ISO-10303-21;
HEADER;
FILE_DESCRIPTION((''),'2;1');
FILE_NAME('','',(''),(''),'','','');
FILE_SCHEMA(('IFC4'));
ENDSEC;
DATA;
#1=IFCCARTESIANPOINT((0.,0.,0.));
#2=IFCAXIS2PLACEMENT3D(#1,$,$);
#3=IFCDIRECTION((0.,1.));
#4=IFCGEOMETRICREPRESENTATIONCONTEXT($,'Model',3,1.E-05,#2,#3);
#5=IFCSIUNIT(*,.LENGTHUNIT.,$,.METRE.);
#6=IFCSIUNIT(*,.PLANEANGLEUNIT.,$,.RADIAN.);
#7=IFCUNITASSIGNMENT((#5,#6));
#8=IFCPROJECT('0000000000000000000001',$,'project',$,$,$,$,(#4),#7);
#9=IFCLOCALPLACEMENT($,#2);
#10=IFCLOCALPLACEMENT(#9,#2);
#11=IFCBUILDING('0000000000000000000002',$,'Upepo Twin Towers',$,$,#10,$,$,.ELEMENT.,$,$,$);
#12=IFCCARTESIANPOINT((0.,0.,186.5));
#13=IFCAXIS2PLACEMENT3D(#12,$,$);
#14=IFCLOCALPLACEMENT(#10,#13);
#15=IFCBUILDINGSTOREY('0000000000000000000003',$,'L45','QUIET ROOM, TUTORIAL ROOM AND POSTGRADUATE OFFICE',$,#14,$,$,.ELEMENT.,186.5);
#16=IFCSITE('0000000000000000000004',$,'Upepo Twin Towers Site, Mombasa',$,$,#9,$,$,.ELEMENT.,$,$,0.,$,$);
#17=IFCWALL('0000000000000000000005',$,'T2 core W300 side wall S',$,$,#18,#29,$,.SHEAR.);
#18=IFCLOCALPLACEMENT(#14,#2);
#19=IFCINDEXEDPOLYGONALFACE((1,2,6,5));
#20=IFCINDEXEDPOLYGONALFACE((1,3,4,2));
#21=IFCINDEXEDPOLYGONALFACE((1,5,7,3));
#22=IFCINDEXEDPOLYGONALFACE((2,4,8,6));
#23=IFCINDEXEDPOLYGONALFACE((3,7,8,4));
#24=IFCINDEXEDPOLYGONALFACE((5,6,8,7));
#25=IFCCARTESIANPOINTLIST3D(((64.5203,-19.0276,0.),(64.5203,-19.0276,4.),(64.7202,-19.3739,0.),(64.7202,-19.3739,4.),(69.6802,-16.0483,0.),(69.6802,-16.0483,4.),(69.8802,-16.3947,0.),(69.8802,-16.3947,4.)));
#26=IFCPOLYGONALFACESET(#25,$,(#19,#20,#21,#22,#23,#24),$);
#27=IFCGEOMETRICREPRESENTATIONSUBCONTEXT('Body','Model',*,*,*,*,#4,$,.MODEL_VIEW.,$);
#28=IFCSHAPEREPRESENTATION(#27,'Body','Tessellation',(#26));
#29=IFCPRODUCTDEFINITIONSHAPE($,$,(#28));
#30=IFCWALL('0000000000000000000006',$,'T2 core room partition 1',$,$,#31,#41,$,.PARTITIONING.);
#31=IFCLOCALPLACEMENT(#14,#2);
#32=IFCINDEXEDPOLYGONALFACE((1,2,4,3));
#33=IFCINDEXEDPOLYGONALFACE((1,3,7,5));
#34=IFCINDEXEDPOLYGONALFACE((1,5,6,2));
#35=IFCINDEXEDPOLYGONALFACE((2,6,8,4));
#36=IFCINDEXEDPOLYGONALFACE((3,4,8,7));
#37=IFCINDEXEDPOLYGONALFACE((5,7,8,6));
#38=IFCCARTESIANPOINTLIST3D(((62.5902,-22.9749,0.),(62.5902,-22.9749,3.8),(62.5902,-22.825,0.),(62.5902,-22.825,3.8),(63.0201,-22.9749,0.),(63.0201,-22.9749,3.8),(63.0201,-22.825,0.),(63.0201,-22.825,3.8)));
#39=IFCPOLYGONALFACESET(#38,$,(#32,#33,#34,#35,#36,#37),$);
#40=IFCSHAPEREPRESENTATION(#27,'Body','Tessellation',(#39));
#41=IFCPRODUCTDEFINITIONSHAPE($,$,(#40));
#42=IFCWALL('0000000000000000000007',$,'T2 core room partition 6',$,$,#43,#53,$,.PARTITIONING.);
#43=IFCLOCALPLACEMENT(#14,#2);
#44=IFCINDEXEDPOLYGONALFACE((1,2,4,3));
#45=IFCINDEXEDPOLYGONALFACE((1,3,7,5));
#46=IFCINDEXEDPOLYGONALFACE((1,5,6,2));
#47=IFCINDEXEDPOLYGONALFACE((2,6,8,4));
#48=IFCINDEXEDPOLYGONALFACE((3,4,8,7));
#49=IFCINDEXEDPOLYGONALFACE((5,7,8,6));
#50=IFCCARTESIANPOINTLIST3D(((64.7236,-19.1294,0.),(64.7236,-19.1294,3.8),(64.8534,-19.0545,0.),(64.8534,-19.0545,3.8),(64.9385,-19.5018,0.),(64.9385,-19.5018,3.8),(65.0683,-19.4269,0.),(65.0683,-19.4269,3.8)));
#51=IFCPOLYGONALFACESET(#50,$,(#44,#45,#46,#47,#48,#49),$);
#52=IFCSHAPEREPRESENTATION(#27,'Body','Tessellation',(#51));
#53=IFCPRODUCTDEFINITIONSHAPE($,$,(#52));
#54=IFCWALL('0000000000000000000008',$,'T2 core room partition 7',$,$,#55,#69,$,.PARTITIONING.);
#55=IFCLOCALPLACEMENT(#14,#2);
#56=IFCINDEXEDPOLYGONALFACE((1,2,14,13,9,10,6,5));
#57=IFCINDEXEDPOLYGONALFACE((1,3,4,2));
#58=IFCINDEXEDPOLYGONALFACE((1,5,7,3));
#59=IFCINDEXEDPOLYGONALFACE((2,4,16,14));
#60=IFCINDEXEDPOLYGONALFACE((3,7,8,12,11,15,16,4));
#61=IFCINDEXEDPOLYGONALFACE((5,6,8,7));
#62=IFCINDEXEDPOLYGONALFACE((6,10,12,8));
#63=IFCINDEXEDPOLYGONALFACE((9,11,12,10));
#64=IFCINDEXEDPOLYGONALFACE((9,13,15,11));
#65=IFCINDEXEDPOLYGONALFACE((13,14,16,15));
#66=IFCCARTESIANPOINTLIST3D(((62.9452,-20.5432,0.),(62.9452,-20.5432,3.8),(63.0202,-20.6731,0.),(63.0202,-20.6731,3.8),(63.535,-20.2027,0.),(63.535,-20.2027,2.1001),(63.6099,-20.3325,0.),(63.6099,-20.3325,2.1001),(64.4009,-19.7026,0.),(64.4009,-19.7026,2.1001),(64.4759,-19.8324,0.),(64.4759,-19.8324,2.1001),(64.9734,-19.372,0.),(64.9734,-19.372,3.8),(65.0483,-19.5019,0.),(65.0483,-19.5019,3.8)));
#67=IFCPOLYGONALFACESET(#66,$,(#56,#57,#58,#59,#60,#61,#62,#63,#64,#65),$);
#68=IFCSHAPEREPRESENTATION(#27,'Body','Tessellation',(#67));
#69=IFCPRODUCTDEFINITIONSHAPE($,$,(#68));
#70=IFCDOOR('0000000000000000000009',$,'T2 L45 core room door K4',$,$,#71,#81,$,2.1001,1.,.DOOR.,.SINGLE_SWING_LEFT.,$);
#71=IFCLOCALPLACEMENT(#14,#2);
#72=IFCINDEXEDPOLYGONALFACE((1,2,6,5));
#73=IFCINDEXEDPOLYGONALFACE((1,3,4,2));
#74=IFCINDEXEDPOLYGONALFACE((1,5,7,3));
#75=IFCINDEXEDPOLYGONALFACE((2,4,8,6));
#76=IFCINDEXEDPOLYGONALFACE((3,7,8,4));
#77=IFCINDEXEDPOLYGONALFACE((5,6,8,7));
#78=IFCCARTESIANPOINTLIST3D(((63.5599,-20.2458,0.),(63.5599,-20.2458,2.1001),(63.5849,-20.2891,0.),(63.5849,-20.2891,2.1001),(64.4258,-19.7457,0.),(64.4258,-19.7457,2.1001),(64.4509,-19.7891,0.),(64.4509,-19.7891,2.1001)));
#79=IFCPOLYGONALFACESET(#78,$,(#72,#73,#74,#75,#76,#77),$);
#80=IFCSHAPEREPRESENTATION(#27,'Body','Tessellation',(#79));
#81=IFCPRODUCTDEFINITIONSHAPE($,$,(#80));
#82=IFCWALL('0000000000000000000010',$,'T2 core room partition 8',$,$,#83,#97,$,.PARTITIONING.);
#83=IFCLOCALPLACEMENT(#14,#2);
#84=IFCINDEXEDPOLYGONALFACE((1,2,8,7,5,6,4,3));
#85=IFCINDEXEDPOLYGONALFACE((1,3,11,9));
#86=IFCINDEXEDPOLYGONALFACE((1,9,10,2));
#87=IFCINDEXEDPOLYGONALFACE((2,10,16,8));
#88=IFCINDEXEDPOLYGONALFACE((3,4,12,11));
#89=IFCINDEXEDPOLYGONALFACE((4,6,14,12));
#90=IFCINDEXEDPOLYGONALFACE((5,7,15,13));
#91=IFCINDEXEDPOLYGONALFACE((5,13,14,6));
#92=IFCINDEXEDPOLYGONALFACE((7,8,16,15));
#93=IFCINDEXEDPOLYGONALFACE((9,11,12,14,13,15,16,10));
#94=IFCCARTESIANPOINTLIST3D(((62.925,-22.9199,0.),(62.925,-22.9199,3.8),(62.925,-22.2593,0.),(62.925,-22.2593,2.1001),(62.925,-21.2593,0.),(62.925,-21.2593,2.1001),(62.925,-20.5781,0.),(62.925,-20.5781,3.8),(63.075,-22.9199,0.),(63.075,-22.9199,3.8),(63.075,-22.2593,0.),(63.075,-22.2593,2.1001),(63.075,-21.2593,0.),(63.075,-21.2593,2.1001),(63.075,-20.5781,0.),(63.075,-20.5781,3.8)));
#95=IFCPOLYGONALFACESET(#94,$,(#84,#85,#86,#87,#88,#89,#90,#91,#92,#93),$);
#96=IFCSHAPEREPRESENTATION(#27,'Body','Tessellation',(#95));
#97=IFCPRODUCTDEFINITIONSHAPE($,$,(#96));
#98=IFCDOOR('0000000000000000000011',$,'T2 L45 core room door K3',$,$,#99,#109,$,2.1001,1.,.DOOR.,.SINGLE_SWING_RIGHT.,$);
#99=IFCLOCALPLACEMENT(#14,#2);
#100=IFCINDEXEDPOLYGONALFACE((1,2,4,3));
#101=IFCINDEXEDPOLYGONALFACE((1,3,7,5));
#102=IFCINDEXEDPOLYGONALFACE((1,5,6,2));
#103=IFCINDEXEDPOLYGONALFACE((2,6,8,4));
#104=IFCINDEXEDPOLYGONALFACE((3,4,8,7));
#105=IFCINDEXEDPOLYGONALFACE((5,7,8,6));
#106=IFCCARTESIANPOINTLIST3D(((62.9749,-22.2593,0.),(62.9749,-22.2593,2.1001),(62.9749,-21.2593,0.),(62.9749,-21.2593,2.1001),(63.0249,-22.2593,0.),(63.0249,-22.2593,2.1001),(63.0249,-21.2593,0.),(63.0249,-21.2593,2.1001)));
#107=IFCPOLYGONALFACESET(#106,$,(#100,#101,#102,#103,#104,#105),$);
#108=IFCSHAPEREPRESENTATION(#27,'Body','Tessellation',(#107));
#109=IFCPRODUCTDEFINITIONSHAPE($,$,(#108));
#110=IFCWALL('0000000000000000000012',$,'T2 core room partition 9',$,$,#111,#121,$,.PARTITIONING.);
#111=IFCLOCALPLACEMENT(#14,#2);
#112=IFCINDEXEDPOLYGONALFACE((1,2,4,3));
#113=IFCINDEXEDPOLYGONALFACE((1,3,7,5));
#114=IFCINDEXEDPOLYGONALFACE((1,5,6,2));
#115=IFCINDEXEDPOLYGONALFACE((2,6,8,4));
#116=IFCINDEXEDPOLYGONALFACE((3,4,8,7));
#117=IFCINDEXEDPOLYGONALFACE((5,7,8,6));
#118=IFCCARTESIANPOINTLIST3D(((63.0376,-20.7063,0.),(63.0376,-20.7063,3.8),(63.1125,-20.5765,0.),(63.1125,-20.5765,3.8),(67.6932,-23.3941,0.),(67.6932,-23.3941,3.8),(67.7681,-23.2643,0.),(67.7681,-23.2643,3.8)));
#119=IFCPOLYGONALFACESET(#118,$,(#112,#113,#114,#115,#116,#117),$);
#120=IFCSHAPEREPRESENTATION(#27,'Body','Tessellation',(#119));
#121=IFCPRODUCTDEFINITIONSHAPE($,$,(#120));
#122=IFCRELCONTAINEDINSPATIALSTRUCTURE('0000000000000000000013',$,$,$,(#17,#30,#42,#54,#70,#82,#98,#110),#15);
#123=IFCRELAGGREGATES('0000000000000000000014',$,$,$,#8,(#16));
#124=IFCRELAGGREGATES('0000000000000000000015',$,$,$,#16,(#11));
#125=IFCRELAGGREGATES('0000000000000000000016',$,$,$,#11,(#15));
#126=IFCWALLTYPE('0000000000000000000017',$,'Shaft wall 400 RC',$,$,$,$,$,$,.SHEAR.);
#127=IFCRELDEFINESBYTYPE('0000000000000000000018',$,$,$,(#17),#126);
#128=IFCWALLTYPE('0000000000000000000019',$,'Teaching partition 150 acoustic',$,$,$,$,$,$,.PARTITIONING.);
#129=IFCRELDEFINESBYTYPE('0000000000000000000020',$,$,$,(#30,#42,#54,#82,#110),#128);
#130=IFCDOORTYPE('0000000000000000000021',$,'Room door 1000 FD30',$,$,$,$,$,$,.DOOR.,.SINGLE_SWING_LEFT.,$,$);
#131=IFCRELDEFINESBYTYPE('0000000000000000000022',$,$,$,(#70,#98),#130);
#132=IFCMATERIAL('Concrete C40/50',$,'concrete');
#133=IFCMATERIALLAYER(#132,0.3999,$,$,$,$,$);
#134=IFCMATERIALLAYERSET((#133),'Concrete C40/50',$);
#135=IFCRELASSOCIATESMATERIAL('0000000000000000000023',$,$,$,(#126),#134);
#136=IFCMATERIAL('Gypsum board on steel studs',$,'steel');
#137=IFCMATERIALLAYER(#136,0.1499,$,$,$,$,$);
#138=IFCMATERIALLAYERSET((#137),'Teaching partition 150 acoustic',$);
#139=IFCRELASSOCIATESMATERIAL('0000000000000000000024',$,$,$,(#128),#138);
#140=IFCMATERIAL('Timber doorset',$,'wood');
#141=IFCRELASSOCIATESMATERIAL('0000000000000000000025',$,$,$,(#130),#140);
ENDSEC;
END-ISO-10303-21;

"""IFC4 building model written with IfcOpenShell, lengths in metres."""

from ifc_helpers import new_model, si_unit, direction, frame, frame_2d, origin, place, context, subcontext, project, spatial, rectangle, extrude, material, layer, layer_set, type_object, element, fill, save


model = new_model("IFC4")

# Units and contexts
model_context = context("Model", 3, precision=1e-05, world=origin(), true_north=direction((0.0, 1.0)))
body_context = subcontext(model_context, "Body", "Model", "MODEL_VIEW")
ifc_project = project(units=[si_unit("LENGTHUNIT", "METRE"), si_unit("PLANEANGLEUNIT", "RADIAN")], contexts=[model_context])

# Site, building, storey
site_placement = place(None, origin())
site = spatial("IfcSite", under=ifc_project, at=site_placement, Name="Upepo Twin Towers Site, Mombasa", CompositionType="ELEMENT", RefElevation=0.0)
building_placement = place(site_placement, origin())
building = spatial("IfcBuilding", under=site, at=building_placement, Name="Upepo Twin Towers", CompositionType="ELEMENT")
storey_placement = place(building_placement, frame((0.0, 0.0, 186.5)))
storey = spatial("IfcBuildingStorey", under=building, at=storey_placement, Name="L45", Description="QUIET ROOM, TUTORIAL ROOM AND POSTGRADUATE OFFICE", CompositionType="ELEMENT", Elevation=186.5)

# Walls
ifc_material_1 = material(Name="Concrete C40/50", Category="concrete")
ifc_layer_1 = layer(ifc_material_1, 0.3999)
ifc_layer_set_1 = layer_set([ifc_layer_1], Name="Concrete C40/50")
wall_type_1 = type_object("IfcWallType", Name="Shaft wall 400 RC", PredefinedType="SHEAR", material=ifc_layer_set_1)
wall_1_placement = place(storey_placement, frame((64.6204, -19.2007, 0.0), z_axis=(0.0, 0.0, 1.0), x_axis=(0.866013, 0.500022, 0.0)))
element("IfcWall", 1, at=wall_1_placement, inside=storey, type_object=wall_type_1, Name="T2 core W300 side wall S", PredefinedType="SHEAR", context=body_context, shape_type="SweptSolid", body=[
    extrude(rectangle(XDim=5.9583, YDim=0.3999, at=frame_2d((2.979, 0.0))), origin(), (0.0, 0.0, 1.0), 4.0),
])
ifc_material_2 = material(Name="Gypsum board on steel studs", Category="steel")
ifc_layer_2 = layer(ifc_material_2, 0.1499)
ifc_layer_set_2 = layer_set([ifc_layer_2], Name="Teaching partition 150 acoustic")
wall_type_2 = type_object("IfcWallType", Name="Teaching partition 150 acoustic", PredefinedType="PARTITIONING", material=ifc_layer_set_2)
for number, where, z_axis, x_axis, name in (
    (2, (63.02, -22.8999, 0.0), (0.0, 0.0, 1.0), (-1.0, 0.0, 0.0), "T2 core room partition 1"),
    (3, (64.7886, -19.092, 0.0), (0.0, 0.0, 1.0), (0.499804, -0.866138, 0.0), "T2 core room partition 6"),
):
    element("IfcWall", number, at=place(storey_placement, frame(where, z_axis=z_axis, x_axis=x_axis)), inside=storey, type_object=wall_type_2, Name=name, PredefinedType="PARTITIONING", context=body_context, shape_type="SweptSolid", body=[
        extrude(rectangle(XDim=0.4299, YDim=0.1499, at=frame_2d((0.2148, 0.0))), origin(), (0.0, 0.0, 1.0), 3.8),
    ])

# Walls, openings, doors
wall_2_placement = place(storey_placement, frame((65.0107, -19.437, 0.0), z_axis=(0.0, 0.0, 1.0), x_axis=(-0.865982, -0.500074, 0.0)))
wall_2 = element("IfcWall", 4, at=wall_2_placement, inside=storey, type_object=wall_type_2, Name="T2 core room partition 7", PredefinedType="PARTITIONING", context=body_context, shape_type="SweptSolid", body=[
    extrude(rectangle(XDim=2.342, YDim=0.1499, at=frame_2d((1.1709, 0.0))), origin(), (0.0, 0.0, 1.0), 3.8),
])
opening_1_placement = place(wall_2_placement, frame((0.6609, 0.0, 0.0)))
opening_1 = element("IfcOpeningElement", 5, at=opening_1_placement, cuts=wall_2, PredefinedType="OPENING", context=body_context, shape_type="SweptSolid", body=[
    extrude(rectangle(XDim=1.0, YDim=2.1001, at=frame_2d((0.5, 1.05))), frame((0.0, 0.085, 0.0), z_axis=(0.0, -1.0, 0.0), x_axis=(1.0, 0.0, 0.0)), (0.0, 0.0, 1.0), 0.1699),
])
ifc_material_3 = material(Name="Timber doorset", Category="wood")
door_type_1 = type_object("IfcDoorType", Name="Room door 1000 FD30", OperationType="SINGLE_SWING_LEFT", PredefinedType="DOOR", material=ifc_material_3)
door_1_placement = place(opening_1_placement, origin())
door_1 = element("IfcDoor", 6, at=door_1_placement, inside=storey, type_object=door_type_1, Name="T2 L45 core room door K4", OperationType="SINGLE_SWING_LEFT", OverallHeight=2.1001, OverallWidth=1.0, PredefinedType="DOOR", context=body_context, shape_type="SweptSolid", body=[
    extrude(rectangle(XDim=1.0, YDim=2.1001, at=frame_2d((0.5, 1.05))), frame((0.0, 0.0249, 0.0), z_axis=(0.0, -1.0, 0.0), x_axis=(1.0, 0.0, 0.0)), (0.0, 0.0, 1.0), 0.05),
])
fill(opening_1, door_1)
wall_3_placement = place(storey_placement, frame((63.0, -20.5781, 0.0), z_axis=(0.0, 0.0, 1.0), x_axis=(0.0, -1.0, 0.0)))
wall_3 = element("IfcWall", 7, at=wall_3_placement, inside=storey, type_object=wall_type_2, Name="T2 core room partition 8", PredefinedType="PARTITIONING", context=body_context, shape_type="SweptSolid", body=[
    extrude(rectangle(XDim=2.3418, YDim=0.1499, at=frame_2d((1.1709, 0.0))), origin(), (0.0, 0.0, 1.0), 3.8),
])
opening_2_placement = place(wall_3_placement, frame((0.6812, 0.0, 0.0)))
opening_2 = element("IfcOpeningElement", 8, at=opening_2_placement, cuts=wall_3, PredefinedType="OPENING", context=body_context, shape_type="SweptSolid", body=[
    extrude(rectangle(XDim=1.0, YDim=2.1001, at=frame_2d((0.5, 1.05))), frame((0.0, 0.085, 0.0), z_axis=(0.0, -1.0, 0.0), x_axis=(1.0, 0.0, 0.0)), (0.0, 0.0, 1.0), 0.1699),
])
door_2_placement = place(opening_2_placement, origin())
door_2 = element("IfcDoor", 9, at=door_2_placement, inside=storey, type_object=door_type_1, Name="T2 L45 core room door K3", OperationType="SINGLE_SWING_RIGHT", OverallHeight=2.1001, OverallWidth=1.0, PredefinedType="DOOR", context=body_context, shape_type="SweptSolid", body=[
    extrude(rectangle(XDim=1.0, YDim=2.1001, at=frame_2d((0.5, 1.05))), frame((0.0, 0.0249, 0.0), z_axis=(0.0, -1.0, 0.0), x_axis=(1.0, 0.0, 0.0)), (0.0, 0.0, 1.0), 0.05),
])
fill(opening_2, door_2)

# Wall
wall_4_placement = place(storey_placement, frame((63.075, -20.6414, 0.0), z_axis=(0.0, 0.0, 1.0), x_axis=(0.866035, -0.499983, 0.0)))
element("IfcWall", 10, at=wall_4_placement, inside=storey, type_object=wall_type_2, Name="T2 core room partition 9", PredefinedType="PARTITIONING", context=body_context, shape_type="SweptSolid", body=[
    extrude(rectangle(XDim=5.3757, YDim=0.1499, at=frame_2d((2.688, 0.0))), origin(), (0.0, 0.0, 1.0), 3.8),
])

save(model, "model.ifc")
